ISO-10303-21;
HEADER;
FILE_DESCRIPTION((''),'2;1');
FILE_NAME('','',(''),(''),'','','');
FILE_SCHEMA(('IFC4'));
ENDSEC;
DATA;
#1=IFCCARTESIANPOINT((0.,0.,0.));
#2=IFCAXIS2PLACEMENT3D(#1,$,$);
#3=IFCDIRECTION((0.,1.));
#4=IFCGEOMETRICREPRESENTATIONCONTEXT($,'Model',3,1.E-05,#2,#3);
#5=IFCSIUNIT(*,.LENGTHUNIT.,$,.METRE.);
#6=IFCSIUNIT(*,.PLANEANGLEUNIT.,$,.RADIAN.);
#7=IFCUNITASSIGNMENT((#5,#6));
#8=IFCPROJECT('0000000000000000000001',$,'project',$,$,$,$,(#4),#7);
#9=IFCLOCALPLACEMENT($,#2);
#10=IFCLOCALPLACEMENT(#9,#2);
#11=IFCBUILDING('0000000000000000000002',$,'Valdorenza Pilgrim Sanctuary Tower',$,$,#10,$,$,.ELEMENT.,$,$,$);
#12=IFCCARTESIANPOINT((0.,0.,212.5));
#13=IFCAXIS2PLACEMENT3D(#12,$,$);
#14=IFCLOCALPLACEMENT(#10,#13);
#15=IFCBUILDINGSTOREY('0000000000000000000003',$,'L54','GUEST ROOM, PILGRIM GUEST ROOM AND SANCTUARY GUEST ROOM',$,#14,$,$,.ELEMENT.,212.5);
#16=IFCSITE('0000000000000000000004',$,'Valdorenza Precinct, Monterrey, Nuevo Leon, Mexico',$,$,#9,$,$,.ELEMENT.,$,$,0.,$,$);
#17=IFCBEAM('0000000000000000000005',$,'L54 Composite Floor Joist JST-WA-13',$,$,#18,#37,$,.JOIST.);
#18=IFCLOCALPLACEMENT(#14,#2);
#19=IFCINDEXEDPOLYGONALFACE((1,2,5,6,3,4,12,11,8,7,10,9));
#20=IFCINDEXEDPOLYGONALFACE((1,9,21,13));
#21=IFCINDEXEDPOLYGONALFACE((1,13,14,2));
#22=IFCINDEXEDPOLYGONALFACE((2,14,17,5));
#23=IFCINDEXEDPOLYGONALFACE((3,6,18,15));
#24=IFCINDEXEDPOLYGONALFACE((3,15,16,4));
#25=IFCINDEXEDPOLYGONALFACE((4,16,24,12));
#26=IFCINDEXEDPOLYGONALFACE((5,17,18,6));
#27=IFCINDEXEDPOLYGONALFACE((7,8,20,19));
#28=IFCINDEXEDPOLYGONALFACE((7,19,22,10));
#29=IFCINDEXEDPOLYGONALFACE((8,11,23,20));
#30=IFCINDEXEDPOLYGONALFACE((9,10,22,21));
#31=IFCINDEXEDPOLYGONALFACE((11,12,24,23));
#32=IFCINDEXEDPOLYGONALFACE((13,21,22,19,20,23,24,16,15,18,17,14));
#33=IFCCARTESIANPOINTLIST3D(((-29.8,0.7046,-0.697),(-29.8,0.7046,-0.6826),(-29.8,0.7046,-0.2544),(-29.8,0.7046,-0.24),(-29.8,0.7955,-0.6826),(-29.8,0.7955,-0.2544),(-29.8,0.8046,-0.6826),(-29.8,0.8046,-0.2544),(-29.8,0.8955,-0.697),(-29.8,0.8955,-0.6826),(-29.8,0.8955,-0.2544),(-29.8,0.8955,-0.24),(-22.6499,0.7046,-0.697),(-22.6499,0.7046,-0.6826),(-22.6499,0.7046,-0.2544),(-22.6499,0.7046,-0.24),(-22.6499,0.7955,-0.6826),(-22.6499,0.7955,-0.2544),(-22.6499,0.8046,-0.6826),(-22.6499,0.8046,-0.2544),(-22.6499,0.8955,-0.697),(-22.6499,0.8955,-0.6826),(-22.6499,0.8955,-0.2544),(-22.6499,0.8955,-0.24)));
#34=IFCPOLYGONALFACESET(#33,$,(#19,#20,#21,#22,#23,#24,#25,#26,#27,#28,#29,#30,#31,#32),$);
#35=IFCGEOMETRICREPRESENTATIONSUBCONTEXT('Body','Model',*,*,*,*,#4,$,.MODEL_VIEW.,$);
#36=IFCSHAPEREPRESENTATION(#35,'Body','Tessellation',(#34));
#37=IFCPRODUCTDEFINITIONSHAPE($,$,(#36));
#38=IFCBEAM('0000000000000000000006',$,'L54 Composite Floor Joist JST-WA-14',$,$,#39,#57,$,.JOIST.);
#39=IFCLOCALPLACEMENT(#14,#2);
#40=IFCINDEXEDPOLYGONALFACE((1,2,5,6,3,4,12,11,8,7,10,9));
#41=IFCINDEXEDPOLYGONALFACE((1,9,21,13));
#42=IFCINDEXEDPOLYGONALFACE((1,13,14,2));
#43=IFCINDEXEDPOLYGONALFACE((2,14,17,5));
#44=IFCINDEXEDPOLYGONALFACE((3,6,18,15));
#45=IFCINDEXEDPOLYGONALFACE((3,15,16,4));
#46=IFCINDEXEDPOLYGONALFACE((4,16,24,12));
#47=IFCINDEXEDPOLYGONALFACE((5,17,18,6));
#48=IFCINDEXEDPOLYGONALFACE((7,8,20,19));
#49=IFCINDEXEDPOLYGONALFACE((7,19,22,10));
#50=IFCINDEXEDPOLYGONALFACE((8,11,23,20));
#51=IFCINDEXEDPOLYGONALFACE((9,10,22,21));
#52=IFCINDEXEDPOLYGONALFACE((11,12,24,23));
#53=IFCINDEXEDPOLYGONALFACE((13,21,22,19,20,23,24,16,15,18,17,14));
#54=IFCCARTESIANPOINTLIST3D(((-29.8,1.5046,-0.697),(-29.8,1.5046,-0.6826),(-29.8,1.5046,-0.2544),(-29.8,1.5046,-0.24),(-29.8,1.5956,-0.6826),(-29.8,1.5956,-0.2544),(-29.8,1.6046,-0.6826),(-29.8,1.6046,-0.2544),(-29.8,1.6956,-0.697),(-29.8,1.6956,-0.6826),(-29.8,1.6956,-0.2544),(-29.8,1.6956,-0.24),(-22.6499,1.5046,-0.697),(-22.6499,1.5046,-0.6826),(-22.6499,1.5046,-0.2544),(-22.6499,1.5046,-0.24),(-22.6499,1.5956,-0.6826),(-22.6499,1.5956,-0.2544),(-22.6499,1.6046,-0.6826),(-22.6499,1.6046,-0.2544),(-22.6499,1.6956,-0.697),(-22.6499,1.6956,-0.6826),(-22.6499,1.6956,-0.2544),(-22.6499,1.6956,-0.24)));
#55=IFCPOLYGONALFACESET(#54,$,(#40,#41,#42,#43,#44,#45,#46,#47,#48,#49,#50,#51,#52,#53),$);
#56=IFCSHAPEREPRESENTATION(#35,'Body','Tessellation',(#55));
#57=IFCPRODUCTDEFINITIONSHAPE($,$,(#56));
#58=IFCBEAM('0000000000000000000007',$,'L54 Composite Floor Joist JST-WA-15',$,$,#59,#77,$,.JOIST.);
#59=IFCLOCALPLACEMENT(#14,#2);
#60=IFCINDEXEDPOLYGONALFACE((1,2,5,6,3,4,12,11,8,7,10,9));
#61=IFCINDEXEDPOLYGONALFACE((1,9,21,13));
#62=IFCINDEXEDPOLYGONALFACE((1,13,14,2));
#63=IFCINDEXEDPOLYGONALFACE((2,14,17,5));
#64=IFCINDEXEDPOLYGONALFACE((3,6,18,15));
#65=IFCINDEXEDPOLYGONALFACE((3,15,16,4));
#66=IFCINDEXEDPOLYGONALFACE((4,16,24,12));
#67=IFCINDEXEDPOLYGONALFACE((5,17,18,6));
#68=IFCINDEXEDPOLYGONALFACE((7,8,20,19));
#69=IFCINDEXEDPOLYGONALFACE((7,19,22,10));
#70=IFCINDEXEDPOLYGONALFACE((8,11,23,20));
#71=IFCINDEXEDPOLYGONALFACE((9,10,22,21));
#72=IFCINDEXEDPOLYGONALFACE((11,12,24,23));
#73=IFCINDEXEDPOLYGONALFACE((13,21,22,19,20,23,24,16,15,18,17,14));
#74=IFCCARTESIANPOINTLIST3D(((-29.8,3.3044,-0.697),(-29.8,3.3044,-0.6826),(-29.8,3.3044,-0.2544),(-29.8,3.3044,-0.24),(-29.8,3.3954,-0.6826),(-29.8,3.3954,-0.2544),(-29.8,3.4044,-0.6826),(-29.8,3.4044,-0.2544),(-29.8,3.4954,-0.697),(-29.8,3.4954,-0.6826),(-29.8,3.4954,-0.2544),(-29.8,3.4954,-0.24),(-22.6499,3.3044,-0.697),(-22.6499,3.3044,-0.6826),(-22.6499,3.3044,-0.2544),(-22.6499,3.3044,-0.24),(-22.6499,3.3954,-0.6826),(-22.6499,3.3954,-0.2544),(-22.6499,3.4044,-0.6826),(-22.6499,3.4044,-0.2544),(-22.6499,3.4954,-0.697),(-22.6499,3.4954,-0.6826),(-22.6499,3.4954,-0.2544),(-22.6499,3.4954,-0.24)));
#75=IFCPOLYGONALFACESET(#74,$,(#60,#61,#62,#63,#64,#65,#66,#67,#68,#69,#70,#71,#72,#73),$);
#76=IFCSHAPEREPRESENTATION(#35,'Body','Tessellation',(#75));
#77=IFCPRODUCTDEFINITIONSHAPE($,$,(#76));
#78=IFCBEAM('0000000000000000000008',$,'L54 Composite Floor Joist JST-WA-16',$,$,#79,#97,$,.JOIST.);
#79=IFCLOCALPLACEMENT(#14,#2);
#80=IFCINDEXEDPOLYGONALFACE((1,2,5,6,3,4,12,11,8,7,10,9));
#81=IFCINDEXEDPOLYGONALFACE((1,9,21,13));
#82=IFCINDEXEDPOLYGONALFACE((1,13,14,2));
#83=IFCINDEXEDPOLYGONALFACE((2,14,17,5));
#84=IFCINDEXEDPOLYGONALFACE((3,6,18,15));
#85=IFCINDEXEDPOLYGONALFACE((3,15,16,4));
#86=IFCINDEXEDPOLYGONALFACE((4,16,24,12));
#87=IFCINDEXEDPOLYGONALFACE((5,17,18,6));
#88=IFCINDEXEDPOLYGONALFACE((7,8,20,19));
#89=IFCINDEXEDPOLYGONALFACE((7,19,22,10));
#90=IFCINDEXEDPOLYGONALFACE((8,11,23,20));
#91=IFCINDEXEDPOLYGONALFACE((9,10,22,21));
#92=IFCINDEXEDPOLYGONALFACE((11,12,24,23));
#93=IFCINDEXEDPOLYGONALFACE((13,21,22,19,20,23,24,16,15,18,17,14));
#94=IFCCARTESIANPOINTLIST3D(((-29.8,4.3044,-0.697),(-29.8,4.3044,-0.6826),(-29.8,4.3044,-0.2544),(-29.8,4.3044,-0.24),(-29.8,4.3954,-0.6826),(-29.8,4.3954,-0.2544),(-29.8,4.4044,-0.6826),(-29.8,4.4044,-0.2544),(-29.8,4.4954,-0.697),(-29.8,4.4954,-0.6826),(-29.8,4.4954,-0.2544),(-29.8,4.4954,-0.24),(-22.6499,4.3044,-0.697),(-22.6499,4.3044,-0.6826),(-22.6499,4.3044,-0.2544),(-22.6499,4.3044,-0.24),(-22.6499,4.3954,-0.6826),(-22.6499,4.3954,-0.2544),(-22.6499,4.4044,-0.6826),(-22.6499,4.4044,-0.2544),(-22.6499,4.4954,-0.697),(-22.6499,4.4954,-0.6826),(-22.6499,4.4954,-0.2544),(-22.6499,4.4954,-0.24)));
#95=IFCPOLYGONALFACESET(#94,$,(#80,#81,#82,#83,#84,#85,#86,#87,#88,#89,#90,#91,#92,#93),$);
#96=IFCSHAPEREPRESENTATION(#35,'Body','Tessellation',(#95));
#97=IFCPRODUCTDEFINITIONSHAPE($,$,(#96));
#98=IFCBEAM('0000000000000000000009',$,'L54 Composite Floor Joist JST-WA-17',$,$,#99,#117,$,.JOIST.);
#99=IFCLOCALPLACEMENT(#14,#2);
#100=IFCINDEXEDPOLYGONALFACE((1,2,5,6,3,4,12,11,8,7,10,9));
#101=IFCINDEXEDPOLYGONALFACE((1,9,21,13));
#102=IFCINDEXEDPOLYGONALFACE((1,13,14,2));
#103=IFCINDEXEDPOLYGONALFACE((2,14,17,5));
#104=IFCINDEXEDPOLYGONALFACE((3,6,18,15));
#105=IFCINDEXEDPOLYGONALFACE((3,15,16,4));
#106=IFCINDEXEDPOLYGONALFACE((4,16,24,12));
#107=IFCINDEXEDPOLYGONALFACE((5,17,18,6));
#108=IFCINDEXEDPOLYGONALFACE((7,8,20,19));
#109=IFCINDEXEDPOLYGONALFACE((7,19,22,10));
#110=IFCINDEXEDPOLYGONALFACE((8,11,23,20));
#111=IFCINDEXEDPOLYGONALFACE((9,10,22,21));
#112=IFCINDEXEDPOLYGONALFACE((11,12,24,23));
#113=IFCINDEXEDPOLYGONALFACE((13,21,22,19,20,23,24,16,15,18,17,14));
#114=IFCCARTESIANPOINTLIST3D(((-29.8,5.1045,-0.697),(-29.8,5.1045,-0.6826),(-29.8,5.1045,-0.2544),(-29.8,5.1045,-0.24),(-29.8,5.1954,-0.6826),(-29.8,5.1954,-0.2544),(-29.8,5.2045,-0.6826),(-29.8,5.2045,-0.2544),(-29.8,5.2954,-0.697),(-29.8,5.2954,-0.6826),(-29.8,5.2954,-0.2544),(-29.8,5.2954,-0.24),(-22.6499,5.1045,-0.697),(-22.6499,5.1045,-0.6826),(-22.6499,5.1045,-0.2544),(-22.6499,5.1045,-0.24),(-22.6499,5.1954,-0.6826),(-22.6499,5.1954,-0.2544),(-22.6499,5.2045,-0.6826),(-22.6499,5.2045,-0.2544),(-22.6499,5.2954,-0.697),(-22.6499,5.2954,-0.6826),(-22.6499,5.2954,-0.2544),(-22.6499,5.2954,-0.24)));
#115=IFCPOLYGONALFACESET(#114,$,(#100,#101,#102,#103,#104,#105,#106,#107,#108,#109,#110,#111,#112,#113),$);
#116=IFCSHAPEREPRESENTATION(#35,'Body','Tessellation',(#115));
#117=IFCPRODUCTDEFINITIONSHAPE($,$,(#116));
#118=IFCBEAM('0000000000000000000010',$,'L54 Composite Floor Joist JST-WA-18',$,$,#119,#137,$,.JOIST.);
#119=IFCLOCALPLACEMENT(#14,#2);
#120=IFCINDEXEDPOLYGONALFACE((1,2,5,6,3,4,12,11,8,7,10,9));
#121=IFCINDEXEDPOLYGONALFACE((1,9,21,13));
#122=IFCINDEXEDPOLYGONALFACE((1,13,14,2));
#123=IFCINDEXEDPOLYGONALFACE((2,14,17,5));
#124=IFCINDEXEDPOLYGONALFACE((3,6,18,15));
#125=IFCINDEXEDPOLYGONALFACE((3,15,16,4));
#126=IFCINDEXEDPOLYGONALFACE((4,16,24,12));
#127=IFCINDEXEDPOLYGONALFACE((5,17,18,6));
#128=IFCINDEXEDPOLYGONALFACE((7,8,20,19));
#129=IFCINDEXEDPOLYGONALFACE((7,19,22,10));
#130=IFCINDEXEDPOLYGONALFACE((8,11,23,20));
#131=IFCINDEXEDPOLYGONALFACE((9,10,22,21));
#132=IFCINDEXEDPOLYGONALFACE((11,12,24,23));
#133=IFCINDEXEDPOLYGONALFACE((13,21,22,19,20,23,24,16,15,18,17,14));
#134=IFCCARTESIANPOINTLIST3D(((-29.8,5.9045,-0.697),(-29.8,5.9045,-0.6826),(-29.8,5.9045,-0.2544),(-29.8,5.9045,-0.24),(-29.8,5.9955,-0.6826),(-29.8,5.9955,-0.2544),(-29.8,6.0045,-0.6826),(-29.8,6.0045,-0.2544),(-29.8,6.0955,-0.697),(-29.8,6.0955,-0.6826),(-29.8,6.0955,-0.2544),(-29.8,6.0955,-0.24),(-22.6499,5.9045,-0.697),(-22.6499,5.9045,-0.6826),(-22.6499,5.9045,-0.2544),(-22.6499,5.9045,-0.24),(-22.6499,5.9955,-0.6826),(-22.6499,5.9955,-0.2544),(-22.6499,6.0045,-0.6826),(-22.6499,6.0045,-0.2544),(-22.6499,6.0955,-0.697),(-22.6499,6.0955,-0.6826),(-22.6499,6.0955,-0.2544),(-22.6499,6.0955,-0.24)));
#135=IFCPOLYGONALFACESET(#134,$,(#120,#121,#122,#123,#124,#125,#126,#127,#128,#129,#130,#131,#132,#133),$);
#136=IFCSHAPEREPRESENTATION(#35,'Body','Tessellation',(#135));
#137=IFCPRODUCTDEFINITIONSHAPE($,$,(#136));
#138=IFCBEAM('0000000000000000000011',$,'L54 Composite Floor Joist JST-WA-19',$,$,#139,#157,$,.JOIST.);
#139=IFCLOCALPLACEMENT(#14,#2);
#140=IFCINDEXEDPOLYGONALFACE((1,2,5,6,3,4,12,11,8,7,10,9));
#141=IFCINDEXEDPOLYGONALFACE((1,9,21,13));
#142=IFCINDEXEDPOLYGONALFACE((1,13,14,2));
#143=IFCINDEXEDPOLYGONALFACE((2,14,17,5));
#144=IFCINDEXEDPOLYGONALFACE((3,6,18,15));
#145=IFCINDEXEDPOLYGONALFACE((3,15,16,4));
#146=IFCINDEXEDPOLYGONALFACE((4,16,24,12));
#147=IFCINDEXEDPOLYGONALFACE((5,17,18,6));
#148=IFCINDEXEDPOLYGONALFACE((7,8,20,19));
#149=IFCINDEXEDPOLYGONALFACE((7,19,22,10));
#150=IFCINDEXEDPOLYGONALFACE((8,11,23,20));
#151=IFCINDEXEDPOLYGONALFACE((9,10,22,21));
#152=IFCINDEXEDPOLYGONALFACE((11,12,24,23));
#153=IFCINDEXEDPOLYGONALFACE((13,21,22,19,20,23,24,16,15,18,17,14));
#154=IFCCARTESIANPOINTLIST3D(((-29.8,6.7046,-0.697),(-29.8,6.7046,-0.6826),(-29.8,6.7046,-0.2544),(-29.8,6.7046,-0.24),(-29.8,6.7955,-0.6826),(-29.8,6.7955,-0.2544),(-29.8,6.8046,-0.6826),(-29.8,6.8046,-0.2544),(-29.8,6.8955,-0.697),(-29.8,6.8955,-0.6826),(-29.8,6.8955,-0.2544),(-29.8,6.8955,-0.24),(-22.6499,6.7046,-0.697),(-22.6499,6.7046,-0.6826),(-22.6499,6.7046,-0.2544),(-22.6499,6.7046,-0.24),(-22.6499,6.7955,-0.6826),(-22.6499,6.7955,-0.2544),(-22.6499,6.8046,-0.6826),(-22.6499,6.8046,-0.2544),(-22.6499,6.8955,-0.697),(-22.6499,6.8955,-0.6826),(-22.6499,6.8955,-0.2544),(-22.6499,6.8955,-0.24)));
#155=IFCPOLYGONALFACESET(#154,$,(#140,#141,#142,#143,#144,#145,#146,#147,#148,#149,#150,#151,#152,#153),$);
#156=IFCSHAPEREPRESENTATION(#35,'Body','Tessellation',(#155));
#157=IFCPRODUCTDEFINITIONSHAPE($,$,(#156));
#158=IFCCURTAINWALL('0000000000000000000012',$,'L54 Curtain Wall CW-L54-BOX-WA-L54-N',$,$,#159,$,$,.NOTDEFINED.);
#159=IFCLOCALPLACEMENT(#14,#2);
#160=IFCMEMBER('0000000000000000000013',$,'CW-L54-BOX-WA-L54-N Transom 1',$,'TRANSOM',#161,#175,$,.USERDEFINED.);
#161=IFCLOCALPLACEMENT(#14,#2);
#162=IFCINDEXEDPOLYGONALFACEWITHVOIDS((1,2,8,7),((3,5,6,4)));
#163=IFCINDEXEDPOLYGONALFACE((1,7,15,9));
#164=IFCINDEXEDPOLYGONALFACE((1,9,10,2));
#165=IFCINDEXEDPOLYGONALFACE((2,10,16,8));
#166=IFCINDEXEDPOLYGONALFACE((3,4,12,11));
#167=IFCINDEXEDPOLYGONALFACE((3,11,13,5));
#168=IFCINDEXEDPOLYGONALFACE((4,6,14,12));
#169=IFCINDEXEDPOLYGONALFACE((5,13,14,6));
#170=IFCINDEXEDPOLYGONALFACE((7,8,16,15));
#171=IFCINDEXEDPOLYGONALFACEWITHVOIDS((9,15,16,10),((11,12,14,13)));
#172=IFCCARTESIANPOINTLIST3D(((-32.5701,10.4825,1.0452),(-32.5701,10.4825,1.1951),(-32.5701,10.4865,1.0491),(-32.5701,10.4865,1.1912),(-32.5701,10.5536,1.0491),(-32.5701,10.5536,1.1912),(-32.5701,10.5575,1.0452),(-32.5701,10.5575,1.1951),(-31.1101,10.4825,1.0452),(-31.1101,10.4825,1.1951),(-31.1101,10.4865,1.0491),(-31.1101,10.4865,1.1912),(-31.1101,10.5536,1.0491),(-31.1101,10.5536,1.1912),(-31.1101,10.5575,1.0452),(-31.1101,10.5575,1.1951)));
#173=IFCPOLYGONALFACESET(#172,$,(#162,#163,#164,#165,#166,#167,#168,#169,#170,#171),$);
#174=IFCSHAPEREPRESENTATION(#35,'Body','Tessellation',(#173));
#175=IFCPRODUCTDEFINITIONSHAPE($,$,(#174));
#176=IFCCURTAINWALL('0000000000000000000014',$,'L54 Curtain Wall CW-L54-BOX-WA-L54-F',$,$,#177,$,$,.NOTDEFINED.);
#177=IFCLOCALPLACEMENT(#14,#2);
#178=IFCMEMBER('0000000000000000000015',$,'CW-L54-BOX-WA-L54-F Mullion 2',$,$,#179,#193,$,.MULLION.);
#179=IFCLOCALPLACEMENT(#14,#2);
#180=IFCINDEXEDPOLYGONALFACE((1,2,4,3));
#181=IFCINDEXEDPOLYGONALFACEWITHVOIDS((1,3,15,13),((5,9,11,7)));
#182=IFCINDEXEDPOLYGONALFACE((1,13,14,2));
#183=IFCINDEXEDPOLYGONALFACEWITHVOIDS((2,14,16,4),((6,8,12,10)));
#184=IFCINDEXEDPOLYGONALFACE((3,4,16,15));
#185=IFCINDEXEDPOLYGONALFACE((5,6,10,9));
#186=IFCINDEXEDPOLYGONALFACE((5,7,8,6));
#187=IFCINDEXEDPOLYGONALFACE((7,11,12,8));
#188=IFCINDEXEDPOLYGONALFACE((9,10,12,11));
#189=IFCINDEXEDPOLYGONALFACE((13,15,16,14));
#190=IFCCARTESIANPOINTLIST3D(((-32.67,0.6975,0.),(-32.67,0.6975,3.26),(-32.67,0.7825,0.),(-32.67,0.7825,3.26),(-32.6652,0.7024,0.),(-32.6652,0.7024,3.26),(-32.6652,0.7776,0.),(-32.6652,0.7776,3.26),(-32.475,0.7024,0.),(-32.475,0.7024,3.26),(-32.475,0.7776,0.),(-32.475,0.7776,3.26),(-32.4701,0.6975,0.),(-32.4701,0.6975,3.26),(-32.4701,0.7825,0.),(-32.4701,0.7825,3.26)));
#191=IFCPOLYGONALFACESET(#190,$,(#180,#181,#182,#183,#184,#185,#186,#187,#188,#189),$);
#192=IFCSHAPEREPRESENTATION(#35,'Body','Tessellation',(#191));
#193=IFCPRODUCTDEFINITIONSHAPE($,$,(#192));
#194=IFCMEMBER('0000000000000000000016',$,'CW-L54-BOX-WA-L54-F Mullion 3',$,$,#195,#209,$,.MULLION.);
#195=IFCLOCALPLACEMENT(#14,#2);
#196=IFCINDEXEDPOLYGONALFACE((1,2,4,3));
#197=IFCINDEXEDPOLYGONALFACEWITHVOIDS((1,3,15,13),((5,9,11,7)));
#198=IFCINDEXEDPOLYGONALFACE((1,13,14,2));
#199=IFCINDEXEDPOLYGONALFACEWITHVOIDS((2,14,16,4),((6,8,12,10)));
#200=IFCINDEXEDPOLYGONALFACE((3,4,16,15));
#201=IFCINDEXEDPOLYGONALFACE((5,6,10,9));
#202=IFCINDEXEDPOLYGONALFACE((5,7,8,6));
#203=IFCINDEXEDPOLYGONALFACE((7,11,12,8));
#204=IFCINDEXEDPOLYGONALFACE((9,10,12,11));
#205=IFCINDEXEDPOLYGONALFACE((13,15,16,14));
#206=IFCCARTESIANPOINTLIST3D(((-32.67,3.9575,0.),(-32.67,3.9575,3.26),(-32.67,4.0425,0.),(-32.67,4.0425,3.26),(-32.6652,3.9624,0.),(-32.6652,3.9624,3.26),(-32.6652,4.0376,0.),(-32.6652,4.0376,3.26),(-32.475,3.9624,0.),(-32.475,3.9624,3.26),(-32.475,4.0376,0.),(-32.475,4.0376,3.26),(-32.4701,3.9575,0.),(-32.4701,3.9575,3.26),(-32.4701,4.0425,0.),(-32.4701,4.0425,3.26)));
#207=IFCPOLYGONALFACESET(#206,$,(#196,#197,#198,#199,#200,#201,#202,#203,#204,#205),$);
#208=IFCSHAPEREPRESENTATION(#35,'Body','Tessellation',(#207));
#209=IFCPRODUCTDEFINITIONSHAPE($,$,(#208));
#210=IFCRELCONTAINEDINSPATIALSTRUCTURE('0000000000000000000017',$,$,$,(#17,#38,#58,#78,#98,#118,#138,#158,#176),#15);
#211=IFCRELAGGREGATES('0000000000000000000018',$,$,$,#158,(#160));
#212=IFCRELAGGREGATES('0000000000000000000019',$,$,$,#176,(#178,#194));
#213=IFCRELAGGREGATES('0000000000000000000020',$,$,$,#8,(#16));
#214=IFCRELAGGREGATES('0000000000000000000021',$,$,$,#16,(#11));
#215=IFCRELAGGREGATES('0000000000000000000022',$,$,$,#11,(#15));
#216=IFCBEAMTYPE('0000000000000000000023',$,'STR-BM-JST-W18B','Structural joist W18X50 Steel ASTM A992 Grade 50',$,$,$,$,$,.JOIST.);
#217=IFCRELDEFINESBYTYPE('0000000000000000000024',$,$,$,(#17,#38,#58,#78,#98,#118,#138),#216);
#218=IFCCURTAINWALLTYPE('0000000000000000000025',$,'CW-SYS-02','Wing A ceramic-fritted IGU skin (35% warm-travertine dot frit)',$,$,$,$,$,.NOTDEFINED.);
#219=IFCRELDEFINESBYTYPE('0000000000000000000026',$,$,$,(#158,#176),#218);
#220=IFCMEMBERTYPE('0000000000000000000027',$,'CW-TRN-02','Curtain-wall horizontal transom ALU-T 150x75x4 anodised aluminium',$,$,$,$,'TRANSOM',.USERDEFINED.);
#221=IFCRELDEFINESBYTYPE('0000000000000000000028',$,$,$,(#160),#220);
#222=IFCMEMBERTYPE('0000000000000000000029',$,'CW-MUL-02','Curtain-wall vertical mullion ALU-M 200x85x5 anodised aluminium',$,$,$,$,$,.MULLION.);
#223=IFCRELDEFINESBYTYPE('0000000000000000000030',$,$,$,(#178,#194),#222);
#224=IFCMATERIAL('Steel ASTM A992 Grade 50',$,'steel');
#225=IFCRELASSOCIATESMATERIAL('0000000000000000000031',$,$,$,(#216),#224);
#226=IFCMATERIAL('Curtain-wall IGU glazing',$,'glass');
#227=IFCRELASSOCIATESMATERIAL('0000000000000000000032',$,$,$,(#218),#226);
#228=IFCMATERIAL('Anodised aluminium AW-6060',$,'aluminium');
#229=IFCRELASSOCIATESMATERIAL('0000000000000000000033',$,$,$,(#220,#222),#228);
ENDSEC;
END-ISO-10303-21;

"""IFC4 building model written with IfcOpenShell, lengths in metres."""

from ifc_helpers import new_model, si_unit, direction, frame, origin, origin_2d, place, context, subcontext, project, spatial, hollow_rectangle, i_section, extrude, source, transform, mapped, material, material_profile, profile_set, type_object, element, aggregate, save


model = new_model("IFC4")

# Units and contexts
model_context = context("Model", 3, precision=1e-05, world=origin(), true_north=direction((0.0, 1.0)))
body_context = subcontext(model_context, "Body", "Model", "MODEL_VIEW")
ifc_project = project(units=[si_unit("LENGTHUNIT", "METRE"), si_unit("PLANEANGLEUNIT", "RADIAN")], contexts=[model_context])

# Site, building, storey
site_placement = place(None, origin())
site = spatial("IfcSite", under=ifc_project, at=site_placement, Name="Valdorenza Precinct, Monterrey, Nuevo Leon, Mexico", CompositionType="ELEMENT", RefElevation=0.0)
building_placement = place(site_placement, origin())
building = spatial("IfcBuilding", under=site, at=building_placement, Name="Valdorenza Pilgrim Sanctuary Tower", CompositionType="ELEMENT")
storey_placement = place(building_placement, frame((0.0, 0.0, 212.5)))
storey = spatial("IfcBuildingStorey", under=building, at=storey_placement, Name="L54", Description="GUEST ROOM, PILGRIM GUEST ROOM AND SANCTUARY GUEST ROOM", CompositionType="ELEMENT", Elevation=212.5)

# Beams
ifc_material_1 = material(Name="Steel ASTM A992 Grade 50", Category="steel")
ifc_material_profile_1 = material_profile(ifc_material_1, i_section(OverallWidth=0.1909, OverallDepth=0.457, WebThickness=0.009, FlangeThickness=0.0144, at=origin_2d()), Name="W18X50")
ifc_profile_set_1 = profile_set([ifc_material_profile_1], Name="Steel ASTM A992 Grade 50")
beam_type = type_object("IfcBeamType", Name="STR-BM-JST-W18B", Description="Structural joist W18X50 Steel ASTM A992 Grade 50", PredefinedType="JOIST", material=ifc_profile_set_1)
shared_shape_1 = source(origin(), body_context, "Body", "SweptSolid", [
    extrude(i_section(OverallWidth=0.1909, OverallDepth=0.457, WebThickness=0.009, FlangeThickness=0.0144, at=origin_2d()), origin(), (0.0, 0.0, 1.0), 7.1501),
])
for number, where, z_axis, x_axis, name in (
    (1, (-29.8, 0.8, -0.4685), (1.0, 0.0, 0.0), (0.0, 1.0, 0.0), "L54 Composite Floor Joist JST-WA-13"),
    (2, (-29.8, 1.6001, -0.4685), (1.0, 0.0, 0.0), (0.0, 1.0, 0.0), "L54 Composite Floor Joist JST-WA-14"),
    (3, (-29.8, 3.3999, -0.4685), (1.0, 0.0, 0.0), (0.0, 1.0, 0.0), "L54 Composite Floor Joist JST-WA-15"),
    (4, (-29.8, 4.3999, -0.4685), (1.0, 0.0, 0.0), (0.0, 1.0, 0.0), "L54 Composite Floor Joist JST-WA-16"),
    (5, (-29.8, 5.2, -0.4685), (1.0, 0.0, 0.0), (0.0, 1.0, 0.0), "L54 Composite Floor Joist JST-WA-17"),
    (6, (-29.8, 6.0, -0.4685), (1.0, 0.0, 0.0), (0.0, 1.0, 0.0), "L54 Composite Floor Joist JST-WA-18"),
    (7, (-29.8, 6.8, -0.4685), (1.0, 0.0, 0.0), (0.0, 1.0, 0.0), "L54 Composite Floor Joist JST-WA-19"),
):
    element("IfcBeam", number, at=place(storey_placement, frame(where, z_axis=z_axis, x_axis=x_axis)), inside=storey, type_object=beam_type, Name=name, PredefinedType="JOIST", context=body_context, shape_type="MappedRepresentation", body=[
        mapped(shared_shape_1, transform((0.0, 0.0, 0.0), x_axis=(1.0, 0.0, 0.0), y_axis=(0.0, 1.0, 0.0), z_axis=(0.0, 0.0, 1.0), scale=1.0)),
    ])

# Curtain wall, member
ifc_material_2 = material(Name="Curtain-wall IGU glazing", Category="glass")
curtain_wall_type = type_object("IfcCurtainWallType", Name="CW-SYS-02", Description="Wing A ceramic-fritted IGU skin (35% warm-travertine dot frit)", PredefinedType="NOTDEFINED", material=ifc_material_2)
curtain_wall_1_placement = place(storey_placement, origin())
curtain_wall_1 = element("IfcCurtainWall", 8, at=curtain_wall_1_placement, inside=storey, type_object=curtain_wall_type, Name="L54 Curtain Wall CW-L54-BOX-WA-L54-N", PredefinedType="NOTDEFINED")
ifc_material_3 = material(Name="Anodised aluminium AW-6060", Category="aluminium")
ifc_material_profile_2 = material_profile(ifc_material_3, hollow_rectangle(XDim=0.075, YDim=0.1499, WallThickness=0.0039, at=origin_2d()), Name="ALU-T 150x75x4")
ifc_profile_set_2 = profile_set([ifc_material_profile_2], Name="Anodised aluminium AW-6060")
member_type_1 = type_object("IfcMemberType", Name="CW-TRN-02", Description="Curtain-wall horizontal transom ALU-T 150x75x4 anodised aluminium", ElementType="TRANSOM", PredefinedType="USERDEFINED", material=ifc_profile_set_2)
shared_shape_2 = source(origin(), body_context, "Body", "SweptSolid", [
    extrude(hollow_rectangle(XDim=0.075, YDim=0.1499, WallThickness=0.0039, at=origin_2d()), origin(), (0.0, 0.0, 1.0), 1.46),
])
member_1_placement = place(storey_placement, frame((-32.5701, 10.52, 1.1201), z_axis=(1.0, 0.0, 0.0), x_axis=(0.0, 1.0, 0.0)))
member_1 = element("IfcMember", 9, at=member_1_placement, type_object=member_type_1, Name="CW-L54-BOX-WA-L54-N Transom 1", ObjectType="TRANSOM", PredefinedType="USERDEFINED", context=body_context, shape_type="MappedRepresentation", body=[
    mapped(shared_shape_2, transform((0.0, 0.0, 0.0), x_axis=(1.0, 0.0, 0.0), y_axis=(0.0, 1.0, 0.0), z_axis=(0.0, 0.0, 1.0), scale=1.0)),
])

# Curtain wall, members
curtain_wall_2_placement = place(storey_placement, origin())
curtain_wall_2 = element("IfcCurtainWall", 10, at=curtain_wall_2_placement, inside=storey, type_object=curtain_wall_type, Name="L54 Curtain Wall CW-L54-BOX-WA-L54-F", PredefinedType="NOTDEFINED")
ifc_material_profile_3 = material_profile(ifc_material_3, hollow_rectangle(XDim=0.085, YDim=0.2, WallThickness=0.0049, at=origin_2d()), Name="ALU-M 200x85x5")
ifc_profile_set_3 = profile_set([ifc_material_profile_3], Name="Anodised aluminium AW-6060")
member_type_2 = type_object("IfcMemberType", Name="CW-MUL-02", Description="Curtain-wall vertical mullion ALU-M 200x85x5 anodised aluminium", PredefinedType="MULLION", material=ifc_profile_set_3)
shared_shape_3 = source(origin(), body_context, "Body", "SweptSolid", [
    extrude(hollow_rectangle(XDim=0.085, YDim=0.2, WallThickness=0.0049, at=origin_2d()), origin(), (0.0, 0.0, 1.0), 3.26),
])
member_2_placement = place(storey_placement, frame((-32.5701, 0.74, 0.0), z_axis=(0.0, 0.0, 1.0), x_axis=(0.0, 1.0, 0.0)))
member_2 = element("IfcMember", 11, at=member_2_placement, type_object=member_type_2, Name="CW-L54-BOX-WA-L54-F Mullion 2", PredefinedType="MULLION", context=body_context, shape_type="MappedRepresentation", body=[
    mapped(shared_shape_3, transform((0.0, 0.0, 0.0), x_axis=(1.0, 0.0, 0.0), y_axis=(0.0, 1.0, 0.0), z_axis=(0.0, 0.0, 1.0), scale=1.0)),
])
member_3_placement = place(storey_placement, frame((-32.5701, 4.0, 0.0), z_axis=(0.0, 0.0, 1.0), x_axis=(0.0, 1.0, 0.0)))
member_3 = element("IfcMember", 12, at=member_3_placement, type_object=member_type_2, Name="CW-L54-BOX-WA-L54-F Mullion 3", PredefinedType="MULLION", context=body_context, shape_type="MappedRepresentation", body=[
    mapped(shared_shape_3, transform((0.0, 0.0, 0.0), x_axis=(1.0, 0.0, 0.0), y_axis=(0.0, 1.0, 0.0), z_axis=(0.0, 0.0, 1.0), scale=1.0)),
])

aggregate(curtain_wall_1, [member_1])
aggregate(curtain_wall_2, [member_2, member_3])

save(model, "model.ifc")
